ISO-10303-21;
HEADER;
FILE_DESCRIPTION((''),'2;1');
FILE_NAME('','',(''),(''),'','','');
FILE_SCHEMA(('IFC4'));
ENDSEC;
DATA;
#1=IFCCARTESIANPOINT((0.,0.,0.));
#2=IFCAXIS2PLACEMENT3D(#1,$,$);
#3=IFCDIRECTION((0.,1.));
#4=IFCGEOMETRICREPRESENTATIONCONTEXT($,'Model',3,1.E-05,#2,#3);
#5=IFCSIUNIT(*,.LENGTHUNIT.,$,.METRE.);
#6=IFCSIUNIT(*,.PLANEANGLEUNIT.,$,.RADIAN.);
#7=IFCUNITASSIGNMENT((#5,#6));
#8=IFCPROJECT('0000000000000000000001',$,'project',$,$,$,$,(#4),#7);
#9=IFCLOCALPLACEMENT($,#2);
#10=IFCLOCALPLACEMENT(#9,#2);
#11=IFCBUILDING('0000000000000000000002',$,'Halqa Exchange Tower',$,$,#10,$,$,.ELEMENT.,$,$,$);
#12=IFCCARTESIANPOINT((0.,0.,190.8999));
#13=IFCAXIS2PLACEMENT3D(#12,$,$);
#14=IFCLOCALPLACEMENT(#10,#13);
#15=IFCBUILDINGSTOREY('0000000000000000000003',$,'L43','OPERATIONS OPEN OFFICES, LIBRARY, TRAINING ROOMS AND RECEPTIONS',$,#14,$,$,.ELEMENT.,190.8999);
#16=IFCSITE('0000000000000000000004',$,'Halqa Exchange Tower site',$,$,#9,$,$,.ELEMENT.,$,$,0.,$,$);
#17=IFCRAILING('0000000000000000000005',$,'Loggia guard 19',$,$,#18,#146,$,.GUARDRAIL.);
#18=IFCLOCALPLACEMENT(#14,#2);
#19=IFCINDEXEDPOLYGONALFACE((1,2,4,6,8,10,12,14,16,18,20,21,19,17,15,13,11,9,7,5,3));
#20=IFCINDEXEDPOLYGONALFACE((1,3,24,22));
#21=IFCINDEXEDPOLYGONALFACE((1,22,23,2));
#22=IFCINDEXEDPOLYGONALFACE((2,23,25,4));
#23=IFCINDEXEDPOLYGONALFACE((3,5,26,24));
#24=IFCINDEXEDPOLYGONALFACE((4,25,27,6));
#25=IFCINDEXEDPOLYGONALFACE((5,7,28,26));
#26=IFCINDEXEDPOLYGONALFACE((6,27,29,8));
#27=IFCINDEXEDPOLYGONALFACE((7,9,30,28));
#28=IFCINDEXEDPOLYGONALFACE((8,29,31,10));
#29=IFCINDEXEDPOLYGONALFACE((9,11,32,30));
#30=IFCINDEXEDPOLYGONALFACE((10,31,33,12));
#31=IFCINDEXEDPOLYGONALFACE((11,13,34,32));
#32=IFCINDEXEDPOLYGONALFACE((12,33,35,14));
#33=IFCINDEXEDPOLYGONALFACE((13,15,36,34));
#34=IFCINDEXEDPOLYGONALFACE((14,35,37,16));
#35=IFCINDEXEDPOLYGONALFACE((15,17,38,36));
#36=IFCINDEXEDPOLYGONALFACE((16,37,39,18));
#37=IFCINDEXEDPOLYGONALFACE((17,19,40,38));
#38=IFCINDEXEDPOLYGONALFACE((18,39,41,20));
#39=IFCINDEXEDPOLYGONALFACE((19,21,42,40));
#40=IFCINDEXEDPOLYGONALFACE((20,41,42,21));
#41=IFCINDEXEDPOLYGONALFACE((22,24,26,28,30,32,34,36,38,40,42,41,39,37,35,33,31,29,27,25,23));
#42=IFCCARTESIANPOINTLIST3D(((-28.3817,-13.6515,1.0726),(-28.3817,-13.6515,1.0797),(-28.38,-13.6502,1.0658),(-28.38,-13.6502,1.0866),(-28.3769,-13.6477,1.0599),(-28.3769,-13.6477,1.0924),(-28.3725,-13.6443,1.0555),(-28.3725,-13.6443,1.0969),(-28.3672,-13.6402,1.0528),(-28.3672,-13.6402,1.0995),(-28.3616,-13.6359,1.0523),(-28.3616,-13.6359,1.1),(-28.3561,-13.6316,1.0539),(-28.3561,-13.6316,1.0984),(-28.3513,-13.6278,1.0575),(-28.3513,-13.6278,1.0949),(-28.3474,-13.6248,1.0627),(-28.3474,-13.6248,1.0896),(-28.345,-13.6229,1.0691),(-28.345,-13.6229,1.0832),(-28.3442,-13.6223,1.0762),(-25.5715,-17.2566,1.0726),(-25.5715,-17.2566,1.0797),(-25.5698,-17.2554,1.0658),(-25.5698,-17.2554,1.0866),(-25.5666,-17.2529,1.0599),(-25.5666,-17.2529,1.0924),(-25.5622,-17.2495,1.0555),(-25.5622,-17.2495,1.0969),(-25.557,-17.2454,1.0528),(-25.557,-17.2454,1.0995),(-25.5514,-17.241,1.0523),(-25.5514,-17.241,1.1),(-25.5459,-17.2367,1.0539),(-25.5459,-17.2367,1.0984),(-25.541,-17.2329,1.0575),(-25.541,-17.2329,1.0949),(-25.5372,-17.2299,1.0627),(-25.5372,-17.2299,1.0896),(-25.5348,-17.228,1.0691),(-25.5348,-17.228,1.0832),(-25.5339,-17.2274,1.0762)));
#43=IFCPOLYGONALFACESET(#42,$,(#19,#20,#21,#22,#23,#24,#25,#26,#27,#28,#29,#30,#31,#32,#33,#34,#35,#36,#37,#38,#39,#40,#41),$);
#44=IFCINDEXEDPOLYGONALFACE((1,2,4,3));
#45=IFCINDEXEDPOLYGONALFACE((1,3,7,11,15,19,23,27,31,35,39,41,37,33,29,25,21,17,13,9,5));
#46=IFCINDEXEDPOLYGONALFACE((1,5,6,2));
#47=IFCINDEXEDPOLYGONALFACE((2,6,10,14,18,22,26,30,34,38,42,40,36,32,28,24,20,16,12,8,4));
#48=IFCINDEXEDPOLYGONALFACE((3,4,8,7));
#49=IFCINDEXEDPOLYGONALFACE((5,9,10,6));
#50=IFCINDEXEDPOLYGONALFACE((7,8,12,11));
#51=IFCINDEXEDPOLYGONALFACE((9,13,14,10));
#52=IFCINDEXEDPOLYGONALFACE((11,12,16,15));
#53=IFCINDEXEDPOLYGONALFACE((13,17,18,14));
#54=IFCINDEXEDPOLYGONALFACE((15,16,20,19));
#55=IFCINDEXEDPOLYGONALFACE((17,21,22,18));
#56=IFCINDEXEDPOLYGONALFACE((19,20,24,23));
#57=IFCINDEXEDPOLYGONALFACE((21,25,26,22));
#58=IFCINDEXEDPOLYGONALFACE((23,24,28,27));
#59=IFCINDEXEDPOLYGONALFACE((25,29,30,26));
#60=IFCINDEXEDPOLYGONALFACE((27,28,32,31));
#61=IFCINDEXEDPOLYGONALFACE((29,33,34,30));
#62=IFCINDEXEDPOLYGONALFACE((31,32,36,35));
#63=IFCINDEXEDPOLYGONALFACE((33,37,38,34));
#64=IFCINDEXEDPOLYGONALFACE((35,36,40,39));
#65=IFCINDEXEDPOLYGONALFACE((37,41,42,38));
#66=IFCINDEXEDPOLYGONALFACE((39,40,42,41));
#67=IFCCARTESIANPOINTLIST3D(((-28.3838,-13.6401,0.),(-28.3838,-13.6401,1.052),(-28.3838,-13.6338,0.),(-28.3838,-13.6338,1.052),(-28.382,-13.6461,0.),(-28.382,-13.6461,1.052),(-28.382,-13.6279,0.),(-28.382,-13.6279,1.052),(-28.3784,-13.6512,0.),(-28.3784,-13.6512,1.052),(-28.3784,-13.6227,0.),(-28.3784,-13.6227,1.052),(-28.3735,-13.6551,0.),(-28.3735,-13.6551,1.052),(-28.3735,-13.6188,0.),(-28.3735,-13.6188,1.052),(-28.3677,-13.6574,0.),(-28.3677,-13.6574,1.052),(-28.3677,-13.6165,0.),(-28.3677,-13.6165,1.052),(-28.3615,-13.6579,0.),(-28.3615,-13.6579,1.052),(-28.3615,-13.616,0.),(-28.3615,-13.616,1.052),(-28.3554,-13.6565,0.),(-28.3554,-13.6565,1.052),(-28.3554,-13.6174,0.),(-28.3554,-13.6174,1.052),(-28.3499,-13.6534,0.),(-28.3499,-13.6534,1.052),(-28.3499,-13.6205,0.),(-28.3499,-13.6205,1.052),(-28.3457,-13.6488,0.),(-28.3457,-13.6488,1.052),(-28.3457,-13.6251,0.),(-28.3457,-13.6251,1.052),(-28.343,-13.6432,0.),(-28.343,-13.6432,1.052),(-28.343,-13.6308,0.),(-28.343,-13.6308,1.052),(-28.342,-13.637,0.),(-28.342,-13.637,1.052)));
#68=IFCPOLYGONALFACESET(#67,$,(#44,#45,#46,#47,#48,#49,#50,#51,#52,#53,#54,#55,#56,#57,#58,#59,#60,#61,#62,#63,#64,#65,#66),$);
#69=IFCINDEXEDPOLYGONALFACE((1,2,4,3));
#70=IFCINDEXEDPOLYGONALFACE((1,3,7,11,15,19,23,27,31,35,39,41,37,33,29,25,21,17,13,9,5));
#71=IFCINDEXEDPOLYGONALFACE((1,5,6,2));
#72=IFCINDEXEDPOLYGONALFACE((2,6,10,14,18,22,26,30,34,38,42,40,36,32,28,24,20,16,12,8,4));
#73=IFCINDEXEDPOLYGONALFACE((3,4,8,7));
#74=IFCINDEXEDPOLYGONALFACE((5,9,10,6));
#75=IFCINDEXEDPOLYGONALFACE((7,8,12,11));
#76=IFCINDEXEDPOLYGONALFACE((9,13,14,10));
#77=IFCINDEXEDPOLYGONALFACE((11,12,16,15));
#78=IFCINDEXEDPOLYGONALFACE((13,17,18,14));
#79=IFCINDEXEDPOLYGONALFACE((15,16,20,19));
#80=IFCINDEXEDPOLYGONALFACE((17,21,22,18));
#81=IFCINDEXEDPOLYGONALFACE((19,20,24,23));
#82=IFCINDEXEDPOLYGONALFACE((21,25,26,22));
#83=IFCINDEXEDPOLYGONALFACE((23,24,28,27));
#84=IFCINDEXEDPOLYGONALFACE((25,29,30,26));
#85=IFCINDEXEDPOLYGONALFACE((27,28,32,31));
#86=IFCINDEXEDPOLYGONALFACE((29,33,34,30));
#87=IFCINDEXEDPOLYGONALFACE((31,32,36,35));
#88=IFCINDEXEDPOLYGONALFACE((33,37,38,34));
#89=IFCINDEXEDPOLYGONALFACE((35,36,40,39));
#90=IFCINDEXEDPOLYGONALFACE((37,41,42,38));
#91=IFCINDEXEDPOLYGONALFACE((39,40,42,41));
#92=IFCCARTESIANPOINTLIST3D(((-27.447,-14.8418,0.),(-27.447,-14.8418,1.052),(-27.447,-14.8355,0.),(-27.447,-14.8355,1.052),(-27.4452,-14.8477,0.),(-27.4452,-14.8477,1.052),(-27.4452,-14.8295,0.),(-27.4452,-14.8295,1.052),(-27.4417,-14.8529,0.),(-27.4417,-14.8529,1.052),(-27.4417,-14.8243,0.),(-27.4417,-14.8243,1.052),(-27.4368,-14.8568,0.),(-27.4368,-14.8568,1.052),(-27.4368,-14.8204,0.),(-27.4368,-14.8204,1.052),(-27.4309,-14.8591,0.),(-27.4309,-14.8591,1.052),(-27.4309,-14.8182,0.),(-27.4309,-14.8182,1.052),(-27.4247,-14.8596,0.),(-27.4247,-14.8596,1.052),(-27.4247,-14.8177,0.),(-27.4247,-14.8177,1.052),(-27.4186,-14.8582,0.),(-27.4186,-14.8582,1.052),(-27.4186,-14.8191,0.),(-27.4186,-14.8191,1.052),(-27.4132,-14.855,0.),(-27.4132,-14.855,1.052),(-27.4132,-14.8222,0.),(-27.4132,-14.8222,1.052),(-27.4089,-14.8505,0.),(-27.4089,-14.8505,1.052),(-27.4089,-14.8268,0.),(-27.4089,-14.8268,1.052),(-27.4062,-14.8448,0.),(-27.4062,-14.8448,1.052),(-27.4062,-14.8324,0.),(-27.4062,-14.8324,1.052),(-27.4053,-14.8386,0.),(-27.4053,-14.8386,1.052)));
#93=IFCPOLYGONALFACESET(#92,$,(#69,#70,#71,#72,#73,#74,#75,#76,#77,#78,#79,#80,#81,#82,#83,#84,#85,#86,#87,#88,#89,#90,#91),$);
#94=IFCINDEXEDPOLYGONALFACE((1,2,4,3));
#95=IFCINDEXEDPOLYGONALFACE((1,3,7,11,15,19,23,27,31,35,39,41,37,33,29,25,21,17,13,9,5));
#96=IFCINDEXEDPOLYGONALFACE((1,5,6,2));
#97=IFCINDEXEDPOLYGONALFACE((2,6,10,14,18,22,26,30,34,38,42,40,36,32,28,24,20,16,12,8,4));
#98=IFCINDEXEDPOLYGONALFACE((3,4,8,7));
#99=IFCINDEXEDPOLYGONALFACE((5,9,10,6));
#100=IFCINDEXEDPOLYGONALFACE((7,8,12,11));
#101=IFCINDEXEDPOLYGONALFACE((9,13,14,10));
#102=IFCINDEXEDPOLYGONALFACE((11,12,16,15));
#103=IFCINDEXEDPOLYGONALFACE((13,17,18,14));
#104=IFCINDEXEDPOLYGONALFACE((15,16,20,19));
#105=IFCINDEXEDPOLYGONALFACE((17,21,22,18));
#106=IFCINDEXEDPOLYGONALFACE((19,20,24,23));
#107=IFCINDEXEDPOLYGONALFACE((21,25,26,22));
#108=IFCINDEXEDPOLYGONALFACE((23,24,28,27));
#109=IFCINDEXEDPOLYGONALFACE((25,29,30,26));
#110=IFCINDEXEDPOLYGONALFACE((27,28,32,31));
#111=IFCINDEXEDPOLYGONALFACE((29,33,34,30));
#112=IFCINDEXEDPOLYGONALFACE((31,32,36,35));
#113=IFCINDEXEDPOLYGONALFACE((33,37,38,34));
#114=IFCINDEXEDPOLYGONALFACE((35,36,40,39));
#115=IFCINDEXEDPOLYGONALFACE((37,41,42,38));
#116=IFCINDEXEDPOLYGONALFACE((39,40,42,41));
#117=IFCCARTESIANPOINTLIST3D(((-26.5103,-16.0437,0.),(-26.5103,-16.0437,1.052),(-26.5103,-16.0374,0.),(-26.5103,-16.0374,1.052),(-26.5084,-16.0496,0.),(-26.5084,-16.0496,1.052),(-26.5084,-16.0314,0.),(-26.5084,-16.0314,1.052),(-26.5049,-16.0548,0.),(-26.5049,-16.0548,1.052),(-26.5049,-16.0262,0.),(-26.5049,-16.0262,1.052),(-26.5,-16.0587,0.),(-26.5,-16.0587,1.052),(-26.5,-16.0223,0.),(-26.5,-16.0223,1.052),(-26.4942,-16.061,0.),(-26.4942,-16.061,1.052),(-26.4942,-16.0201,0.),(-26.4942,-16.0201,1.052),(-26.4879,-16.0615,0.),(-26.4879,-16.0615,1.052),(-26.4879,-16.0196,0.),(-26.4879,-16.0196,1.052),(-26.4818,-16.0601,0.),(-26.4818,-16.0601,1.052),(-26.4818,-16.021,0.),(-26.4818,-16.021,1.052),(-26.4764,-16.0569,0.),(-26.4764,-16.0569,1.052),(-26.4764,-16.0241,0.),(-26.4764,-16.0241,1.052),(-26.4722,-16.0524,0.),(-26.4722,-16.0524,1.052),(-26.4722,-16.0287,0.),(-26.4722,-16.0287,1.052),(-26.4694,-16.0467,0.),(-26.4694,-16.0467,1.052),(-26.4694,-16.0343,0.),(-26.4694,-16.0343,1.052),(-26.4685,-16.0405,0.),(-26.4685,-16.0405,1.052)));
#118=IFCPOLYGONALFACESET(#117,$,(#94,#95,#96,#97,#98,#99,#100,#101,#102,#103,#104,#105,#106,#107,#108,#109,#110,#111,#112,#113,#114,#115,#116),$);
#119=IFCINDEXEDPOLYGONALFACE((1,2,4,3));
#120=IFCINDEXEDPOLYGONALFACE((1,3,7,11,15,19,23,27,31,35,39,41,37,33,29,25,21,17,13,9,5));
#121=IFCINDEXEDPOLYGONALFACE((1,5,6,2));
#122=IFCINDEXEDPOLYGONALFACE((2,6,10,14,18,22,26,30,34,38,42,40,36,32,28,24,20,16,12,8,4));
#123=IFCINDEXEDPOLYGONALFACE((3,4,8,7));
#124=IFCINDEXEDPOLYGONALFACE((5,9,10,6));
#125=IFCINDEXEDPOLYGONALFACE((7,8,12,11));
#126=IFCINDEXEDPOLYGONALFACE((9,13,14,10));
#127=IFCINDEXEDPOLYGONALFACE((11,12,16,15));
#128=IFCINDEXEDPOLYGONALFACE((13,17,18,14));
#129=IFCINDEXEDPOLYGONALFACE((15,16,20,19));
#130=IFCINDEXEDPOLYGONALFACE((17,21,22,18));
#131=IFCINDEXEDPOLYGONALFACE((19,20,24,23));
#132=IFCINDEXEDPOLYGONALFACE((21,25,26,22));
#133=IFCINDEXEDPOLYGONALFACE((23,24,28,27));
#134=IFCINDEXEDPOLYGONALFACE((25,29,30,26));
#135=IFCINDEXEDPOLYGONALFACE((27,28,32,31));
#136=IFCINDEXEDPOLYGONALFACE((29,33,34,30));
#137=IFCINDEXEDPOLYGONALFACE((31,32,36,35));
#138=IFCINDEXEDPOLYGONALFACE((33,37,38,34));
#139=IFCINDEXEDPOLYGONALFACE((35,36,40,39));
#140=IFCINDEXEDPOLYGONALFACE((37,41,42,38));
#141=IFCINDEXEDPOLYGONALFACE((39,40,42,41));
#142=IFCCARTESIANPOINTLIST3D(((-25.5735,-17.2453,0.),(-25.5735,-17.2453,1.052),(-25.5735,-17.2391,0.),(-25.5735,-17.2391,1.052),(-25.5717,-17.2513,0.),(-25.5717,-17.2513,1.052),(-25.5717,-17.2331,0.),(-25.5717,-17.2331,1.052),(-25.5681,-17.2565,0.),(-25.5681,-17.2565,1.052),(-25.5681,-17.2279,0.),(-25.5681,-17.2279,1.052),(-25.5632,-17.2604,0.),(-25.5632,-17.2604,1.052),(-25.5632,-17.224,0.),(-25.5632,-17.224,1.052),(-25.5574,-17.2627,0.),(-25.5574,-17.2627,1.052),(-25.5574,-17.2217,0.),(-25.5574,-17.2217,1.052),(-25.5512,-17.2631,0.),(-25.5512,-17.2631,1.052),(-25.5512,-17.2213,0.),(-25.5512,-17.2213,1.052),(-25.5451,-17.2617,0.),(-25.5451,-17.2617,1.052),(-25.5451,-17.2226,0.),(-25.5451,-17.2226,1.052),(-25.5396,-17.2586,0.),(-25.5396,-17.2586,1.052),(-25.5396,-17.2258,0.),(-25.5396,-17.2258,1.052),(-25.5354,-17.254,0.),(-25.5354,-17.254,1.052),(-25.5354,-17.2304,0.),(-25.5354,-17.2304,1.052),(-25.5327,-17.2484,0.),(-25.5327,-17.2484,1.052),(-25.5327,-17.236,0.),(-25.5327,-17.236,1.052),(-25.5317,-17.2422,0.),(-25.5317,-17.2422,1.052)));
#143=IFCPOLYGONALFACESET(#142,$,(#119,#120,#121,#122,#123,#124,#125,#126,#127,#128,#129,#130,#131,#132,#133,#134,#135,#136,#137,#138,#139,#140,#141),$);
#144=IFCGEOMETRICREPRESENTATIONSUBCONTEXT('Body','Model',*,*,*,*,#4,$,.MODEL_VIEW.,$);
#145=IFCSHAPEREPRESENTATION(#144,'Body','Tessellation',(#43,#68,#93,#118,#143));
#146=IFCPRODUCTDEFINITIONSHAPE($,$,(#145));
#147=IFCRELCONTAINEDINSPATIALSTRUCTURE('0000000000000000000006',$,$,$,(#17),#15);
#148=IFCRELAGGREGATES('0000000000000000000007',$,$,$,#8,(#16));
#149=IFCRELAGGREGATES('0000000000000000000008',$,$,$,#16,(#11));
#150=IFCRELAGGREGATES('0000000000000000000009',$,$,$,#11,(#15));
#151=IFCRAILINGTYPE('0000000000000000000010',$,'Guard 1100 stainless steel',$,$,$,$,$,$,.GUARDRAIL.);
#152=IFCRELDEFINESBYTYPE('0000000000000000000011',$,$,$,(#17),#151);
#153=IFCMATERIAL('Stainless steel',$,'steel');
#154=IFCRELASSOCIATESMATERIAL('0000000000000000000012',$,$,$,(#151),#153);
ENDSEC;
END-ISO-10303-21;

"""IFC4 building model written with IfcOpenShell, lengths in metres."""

from ifc_helpers import new_model, si_unit, direction, frame, origin, origin_2d, place, context, subcontext, project, spatial, circle, extrude, material, type_object, element, save


model = new_model("IFC4")

# Units and contexts
model_context = context("Model", 3, precision=1e-05, world=origin(), true_north=direction((0.0, 1.0)))
body_context = subcontext(model_context, "Body", "Model", "MODEL_VIEW")
ifc_project = project(units=[si_unit("LENGTHUNIT", "METRE"), si_unit("PLANEANGLEUNIT", "RADIAN")], contexts=[model_context])

# Site, building, storey
site_placement = place(None, origin())
site = spatial("IfcSite", under=ifc_project, at=site_placement, Name="Halqa Exchange Tower site", CompositionType="ELEMENT", RefElevation=0.0)
building_placement = place(site_placement, origin())
building = spatial("IfcBuilding", under=site, at=building_placement, Name="Halqa Exchange Tower", CompositionType="ELEMENT")
storey_placement = place(building_placement, frame((0.0, 0.0, 190.8999)))
storey = spatial("IfcBuildingStorey", under=building, at=storey_placement, Name="L43", Description="OPERATIONS OPEN OFFICES, LIBRARY, TRAINING ROOMS AND RECEPTIONS", CompositionType="ELEMENT", Elevation=190.8999)

# Railing
ifc_material_1 = material(Name="Stainless steel", Category="steel")
railing_type = type_object("IfcRailingType", Name="Guard 1100 stainless steel", PredefinedType="GUARDRAIL", material=ifc_material_1)
railing_1_placement = place(storey_placement, frame((-28.363, -13.637, 0.0)))
element("IfcRailing", 1, at=railing_1_placement, inside=storey, type_object=railing_type, Name="Loggia guard 19", PredefinedType="GUARDRAIL", context=body_context, shape_type="SweptSolid", body=[
    extrude(circle(Radius=0.0239, at=origin_2d()), frame((0.0, 0.0, 1.0762), z_axis=(0.614791, -0.78869, 0.0), x_axis=(0.78869, 0.614791, 0.0)), (0.0, 0.0, 1.0), 4.571),
    extrude(circle(Radius=0.021, at=origin_2d()), origin(), (0.0, 0.0, 1.0), 1.052),
    extrude(circle(Radius=0.021, at=origin_2d()), frame((0.9368, -1.2017, 0.0)), (0.0, 0.0, 1.0), 1.052),
    extrude(circle(Radius=0.021, at=origin_2d()), frame((1.8735, -2.4036, 0.0)), (0.0, 0.0, 1.0), 1.052),
    extrude(circle(Radius=0.021, at=origin_2d()), frame((2.8103, -3.6052, 0.0)), (0.0, 0.0, 1.0), 1.052),
])

save(model, "model.ifc")
